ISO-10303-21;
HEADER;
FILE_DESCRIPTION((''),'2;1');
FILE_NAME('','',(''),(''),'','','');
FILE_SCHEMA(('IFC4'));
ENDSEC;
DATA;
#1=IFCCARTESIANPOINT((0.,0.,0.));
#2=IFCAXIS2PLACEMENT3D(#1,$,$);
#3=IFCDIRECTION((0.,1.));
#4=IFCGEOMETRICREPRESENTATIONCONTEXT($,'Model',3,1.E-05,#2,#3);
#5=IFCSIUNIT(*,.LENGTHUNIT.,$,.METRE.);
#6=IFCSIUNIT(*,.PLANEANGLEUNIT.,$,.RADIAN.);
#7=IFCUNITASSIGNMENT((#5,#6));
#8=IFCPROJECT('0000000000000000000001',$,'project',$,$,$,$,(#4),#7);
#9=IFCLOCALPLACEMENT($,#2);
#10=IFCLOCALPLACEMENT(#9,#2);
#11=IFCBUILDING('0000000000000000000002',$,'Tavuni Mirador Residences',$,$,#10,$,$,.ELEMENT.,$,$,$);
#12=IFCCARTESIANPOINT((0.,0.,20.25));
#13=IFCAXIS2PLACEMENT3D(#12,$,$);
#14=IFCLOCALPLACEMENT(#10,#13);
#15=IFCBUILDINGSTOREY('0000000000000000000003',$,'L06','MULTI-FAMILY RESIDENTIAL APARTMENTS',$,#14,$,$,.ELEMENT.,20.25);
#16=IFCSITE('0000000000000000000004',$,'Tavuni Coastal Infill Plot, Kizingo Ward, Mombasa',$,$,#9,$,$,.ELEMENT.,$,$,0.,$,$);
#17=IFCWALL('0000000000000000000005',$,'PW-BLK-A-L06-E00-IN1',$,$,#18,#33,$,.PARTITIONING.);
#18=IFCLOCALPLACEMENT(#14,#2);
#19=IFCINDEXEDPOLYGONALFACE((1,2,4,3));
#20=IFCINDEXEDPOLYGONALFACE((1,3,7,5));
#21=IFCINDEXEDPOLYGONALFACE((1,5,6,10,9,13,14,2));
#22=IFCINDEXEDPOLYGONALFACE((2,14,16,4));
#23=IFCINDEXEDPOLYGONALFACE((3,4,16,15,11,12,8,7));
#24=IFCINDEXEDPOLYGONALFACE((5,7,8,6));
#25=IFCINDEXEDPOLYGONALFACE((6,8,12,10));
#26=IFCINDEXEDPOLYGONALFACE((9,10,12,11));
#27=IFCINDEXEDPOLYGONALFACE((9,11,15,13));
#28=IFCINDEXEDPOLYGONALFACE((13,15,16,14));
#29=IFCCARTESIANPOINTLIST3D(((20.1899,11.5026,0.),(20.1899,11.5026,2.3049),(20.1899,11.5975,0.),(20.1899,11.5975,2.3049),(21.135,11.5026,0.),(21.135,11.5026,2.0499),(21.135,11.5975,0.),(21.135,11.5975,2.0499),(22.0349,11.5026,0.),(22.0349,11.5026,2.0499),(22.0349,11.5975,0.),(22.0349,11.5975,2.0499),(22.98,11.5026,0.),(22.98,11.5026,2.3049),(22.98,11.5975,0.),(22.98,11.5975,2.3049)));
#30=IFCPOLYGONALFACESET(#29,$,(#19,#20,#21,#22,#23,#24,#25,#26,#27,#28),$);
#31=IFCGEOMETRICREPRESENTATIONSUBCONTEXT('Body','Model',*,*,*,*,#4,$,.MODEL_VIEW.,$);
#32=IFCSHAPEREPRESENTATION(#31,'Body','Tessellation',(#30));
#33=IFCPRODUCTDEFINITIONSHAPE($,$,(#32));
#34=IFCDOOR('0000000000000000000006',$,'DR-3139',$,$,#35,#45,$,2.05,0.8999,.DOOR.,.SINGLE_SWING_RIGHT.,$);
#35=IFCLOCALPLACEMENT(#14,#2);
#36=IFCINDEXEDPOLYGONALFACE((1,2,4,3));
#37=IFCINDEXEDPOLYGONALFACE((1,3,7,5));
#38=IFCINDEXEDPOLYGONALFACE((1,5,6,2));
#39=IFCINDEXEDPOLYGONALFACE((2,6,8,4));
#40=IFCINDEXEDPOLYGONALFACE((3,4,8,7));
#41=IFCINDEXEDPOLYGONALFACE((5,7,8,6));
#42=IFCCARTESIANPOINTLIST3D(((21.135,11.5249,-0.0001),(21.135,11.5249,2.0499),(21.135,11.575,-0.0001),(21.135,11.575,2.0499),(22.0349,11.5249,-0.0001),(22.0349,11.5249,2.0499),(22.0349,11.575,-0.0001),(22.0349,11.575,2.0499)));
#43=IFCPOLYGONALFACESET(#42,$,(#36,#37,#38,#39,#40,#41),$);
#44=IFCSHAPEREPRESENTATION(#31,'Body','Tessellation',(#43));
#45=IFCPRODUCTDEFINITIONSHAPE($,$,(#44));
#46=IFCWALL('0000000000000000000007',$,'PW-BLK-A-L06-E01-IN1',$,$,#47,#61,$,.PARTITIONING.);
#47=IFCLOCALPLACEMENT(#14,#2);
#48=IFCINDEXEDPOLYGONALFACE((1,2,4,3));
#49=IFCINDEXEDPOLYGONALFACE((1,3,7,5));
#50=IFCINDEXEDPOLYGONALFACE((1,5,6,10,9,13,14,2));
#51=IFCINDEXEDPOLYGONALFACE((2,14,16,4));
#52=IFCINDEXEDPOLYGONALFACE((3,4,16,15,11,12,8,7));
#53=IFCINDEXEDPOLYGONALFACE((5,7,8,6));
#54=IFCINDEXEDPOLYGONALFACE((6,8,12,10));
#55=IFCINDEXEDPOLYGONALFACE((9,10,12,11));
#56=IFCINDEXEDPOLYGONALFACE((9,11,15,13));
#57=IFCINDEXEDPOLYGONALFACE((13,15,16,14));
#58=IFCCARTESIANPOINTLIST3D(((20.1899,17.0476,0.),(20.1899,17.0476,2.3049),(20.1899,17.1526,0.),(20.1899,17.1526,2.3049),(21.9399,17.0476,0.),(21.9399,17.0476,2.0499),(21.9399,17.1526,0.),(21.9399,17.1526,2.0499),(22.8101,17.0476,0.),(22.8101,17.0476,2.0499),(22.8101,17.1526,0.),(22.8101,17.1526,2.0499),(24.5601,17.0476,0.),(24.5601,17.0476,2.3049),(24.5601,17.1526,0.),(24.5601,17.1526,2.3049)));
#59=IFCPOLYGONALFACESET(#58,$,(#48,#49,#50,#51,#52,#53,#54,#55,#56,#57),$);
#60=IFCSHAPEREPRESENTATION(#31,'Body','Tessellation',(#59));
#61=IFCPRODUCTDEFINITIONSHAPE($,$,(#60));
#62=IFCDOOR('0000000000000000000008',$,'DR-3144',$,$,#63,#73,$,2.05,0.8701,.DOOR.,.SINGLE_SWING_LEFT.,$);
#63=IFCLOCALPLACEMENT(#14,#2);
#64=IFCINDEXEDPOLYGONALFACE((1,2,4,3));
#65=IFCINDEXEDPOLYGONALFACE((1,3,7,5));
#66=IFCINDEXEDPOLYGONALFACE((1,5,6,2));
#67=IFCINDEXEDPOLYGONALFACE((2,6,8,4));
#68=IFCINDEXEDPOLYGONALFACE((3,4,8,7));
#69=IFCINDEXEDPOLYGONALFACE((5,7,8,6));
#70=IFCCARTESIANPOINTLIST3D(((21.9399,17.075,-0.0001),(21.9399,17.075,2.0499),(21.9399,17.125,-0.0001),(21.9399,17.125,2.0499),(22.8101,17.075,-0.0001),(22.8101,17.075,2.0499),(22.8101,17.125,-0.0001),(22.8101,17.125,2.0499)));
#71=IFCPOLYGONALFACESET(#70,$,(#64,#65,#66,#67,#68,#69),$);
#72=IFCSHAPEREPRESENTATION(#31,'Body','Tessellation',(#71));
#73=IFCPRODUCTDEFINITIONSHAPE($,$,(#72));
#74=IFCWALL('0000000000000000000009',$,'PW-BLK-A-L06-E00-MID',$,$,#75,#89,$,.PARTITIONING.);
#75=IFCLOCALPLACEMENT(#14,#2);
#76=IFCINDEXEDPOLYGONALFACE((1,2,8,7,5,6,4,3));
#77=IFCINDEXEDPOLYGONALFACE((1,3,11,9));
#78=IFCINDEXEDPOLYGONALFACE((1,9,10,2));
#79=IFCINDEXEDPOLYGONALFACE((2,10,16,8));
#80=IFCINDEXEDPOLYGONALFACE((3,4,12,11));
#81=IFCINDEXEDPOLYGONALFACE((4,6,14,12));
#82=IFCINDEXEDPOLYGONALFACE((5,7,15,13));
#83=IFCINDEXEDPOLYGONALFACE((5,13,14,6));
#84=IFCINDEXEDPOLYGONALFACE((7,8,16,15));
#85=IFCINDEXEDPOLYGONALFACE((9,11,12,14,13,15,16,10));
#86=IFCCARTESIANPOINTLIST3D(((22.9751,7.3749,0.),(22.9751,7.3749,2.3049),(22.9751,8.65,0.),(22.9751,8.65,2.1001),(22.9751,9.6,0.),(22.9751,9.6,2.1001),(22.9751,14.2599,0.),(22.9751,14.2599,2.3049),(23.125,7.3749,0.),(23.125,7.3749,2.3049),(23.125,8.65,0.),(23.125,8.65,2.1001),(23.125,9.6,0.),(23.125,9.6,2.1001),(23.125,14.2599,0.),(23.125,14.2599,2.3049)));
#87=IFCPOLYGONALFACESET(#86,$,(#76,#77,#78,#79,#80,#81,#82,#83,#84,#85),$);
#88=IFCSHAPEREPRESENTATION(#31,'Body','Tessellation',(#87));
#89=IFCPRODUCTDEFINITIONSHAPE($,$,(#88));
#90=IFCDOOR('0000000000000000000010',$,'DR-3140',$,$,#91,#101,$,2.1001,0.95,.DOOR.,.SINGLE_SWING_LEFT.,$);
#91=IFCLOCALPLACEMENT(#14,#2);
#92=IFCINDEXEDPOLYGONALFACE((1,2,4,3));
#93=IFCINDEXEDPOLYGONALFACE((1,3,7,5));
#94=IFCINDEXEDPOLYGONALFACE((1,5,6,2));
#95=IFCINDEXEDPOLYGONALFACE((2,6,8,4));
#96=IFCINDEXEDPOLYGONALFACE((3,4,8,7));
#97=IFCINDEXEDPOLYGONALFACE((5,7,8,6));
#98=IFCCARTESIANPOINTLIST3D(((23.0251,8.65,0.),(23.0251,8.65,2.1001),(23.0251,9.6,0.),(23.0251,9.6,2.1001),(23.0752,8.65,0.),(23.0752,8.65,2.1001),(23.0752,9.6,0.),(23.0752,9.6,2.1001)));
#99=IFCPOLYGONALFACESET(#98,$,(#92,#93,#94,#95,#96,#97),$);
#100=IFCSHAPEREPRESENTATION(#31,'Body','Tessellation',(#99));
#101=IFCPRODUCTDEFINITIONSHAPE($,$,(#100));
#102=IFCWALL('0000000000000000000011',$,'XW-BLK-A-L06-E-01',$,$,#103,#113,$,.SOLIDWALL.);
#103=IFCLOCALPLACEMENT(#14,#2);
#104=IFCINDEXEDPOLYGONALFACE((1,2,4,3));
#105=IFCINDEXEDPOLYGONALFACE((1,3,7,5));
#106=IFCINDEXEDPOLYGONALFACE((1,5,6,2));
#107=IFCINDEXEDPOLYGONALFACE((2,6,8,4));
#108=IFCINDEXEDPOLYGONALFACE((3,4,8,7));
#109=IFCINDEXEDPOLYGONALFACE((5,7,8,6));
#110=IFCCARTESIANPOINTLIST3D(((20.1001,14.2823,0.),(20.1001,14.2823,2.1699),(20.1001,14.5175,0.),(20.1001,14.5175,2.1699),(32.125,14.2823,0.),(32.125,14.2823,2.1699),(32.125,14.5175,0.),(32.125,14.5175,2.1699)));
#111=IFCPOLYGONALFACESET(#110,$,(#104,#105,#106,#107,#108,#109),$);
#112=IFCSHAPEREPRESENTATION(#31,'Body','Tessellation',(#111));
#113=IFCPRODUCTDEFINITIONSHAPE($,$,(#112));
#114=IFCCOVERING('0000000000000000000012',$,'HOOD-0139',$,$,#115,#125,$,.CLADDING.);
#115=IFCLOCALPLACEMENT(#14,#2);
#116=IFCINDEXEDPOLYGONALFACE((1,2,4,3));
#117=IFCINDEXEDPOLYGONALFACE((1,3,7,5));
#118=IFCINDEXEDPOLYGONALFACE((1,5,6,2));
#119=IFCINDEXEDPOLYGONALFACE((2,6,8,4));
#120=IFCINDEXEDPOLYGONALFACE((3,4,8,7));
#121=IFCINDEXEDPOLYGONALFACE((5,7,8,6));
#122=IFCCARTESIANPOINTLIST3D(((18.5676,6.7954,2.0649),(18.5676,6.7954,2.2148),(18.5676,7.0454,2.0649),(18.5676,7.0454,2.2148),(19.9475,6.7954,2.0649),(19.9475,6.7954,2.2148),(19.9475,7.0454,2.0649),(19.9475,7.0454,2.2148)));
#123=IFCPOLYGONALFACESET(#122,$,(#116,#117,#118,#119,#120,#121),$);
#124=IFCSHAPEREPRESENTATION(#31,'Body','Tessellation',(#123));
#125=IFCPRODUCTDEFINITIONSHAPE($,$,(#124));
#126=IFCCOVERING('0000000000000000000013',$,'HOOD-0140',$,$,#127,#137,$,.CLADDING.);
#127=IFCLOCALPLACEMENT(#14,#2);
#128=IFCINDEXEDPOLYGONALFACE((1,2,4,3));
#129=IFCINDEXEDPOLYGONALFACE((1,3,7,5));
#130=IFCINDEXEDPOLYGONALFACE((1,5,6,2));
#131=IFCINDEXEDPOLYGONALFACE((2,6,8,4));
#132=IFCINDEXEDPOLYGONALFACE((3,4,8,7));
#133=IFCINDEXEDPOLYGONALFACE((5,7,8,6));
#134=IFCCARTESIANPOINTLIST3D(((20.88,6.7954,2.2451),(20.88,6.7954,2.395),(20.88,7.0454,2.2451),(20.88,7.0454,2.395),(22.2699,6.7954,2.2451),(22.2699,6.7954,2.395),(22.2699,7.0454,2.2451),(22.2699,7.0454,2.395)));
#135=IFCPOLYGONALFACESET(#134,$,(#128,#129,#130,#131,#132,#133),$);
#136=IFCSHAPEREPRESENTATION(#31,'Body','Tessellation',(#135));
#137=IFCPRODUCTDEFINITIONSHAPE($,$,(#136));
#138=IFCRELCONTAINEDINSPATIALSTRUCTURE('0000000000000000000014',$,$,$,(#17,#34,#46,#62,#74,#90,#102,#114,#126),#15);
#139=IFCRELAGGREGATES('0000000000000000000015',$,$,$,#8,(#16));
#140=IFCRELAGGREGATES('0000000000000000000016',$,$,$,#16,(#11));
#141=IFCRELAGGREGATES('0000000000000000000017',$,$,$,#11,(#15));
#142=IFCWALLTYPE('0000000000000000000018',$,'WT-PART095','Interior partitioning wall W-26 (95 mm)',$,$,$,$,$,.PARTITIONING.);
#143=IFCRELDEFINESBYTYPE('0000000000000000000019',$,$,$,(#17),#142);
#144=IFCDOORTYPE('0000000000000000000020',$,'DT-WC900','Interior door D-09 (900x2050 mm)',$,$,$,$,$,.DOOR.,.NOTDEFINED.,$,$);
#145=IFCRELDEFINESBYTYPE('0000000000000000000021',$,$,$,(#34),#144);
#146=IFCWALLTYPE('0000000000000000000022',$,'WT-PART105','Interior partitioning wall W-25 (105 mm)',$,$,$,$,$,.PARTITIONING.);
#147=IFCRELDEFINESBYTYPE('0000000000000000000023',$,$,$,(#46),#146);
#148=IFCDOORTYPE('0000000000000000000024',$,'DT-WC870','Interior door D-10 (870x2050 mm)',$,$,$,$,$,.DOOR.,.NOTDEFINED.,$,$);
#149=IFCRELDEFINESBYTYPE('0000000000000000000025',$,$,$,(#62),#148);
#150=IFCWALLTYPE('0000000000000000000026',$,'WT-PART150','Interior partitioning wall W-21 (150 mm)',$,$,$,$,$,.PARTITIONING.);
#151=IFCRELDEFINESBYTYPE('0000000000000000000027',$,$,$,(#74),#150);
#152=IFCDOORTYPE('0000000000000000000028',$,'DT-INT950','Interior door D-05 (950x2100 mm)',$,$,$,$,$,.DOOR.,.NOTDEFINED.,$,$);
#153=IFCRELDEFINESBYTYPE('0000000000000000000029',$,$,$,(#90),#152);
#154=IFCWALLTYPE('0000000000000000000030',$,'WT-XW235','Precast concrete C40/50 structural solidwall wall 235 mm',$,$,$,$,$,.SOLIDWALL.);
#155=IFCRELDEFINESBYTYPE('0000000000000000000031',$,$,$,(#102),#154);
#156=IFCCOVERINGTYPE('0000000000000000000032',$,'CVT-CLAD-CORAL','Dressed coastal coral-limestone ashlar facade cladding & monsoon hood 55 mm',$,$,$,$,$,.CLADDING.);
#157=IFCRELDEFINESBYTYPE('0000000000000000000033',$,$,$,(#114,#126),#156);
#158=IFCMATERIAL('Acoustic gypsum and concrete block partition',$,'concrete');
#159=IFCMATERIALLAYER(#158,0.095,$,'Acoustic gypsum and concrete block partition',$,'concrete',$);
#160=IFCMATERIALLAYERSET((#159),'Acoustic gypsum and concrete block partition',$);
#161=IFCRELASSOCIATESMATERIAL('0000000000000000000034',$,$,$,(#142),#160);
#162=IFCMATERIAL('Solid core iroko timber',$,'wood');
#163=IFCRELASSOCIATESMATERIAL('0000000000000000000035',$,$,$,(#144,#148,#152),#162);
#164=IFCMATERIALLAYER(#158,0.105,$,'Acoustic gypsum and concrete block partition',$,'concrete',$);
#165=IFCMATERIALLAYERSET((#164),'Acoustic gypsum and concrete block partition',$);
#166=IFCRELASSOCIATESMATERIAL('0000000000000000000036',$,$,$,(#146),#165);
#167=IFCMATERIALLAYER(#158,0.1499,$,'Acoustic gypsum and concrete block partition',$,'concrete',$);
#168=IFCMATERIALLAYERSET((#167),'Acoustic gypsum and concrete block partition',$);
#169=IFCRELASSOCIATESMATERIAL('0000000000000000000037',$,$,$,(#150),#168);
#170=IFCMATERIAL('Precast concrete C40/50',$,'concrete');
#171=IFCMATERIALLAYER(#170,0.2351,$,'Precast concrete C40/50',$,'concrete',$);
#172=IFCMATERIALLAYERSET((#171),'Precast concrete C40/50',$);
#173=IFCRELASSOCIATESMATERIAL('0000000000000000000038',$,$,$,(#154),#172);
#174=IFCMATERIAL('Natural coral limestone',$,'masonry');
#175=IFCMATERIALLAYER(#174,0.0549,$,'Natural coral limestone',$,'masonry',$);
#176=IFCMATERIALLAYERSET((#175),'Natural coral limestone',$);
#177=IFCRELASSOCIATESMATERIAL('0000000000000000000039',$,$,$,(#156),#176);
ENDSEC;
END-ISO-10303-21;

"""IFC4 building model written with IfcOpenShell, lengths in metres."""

from ifc_helpers import new_model, si_unit, direction, frame, frame_2d, origin, origin_2d, place, context, subcontext, project, spatial, rectangle, extrude, material, layer, layer_set, type_object, element, fill, save


model = new_model("IFC4")

# Units and contexts
model_context = context("Model", 3, precision=1e-05, world=origin(), true_north=direction((0.0, 1.0)))
body_context = subcontext(model_context, "Body", "Model", "MODEL_VIEW")
ifc_project = project(units=[si_unit("LENGTHUNIT", "METRE"), si_unit("PLANEANGLEUNIT", "RADIAN")], contexts=[model_context])

# Site, building, storey
site_placement = place(None, origin())
site = spatial("IfcSite", under=ifc_project, at=site_placement, Name="Tavuni Coastal Infill Plot, Kizingo Ward, Mombasa", CompositionType="ELEMENT", RefElevation=0.0)
building_placement = place(site_placement, origin())
building = spatial("IfcBuilding", under=site, at=building_placement, Name="Tavuni Mirador Residences", CompositionType="ELEMENT")
storey_placement = place(building_placement, frame((0.0, 0.0, 20.25)))
storey = spatial("IfcBuildingStorey", under=building, at=storey_placement, Name="L06", Description="MULTI-FAMILY RESIDENTIAL APARTMENTS", CompositionType="ELEMENT", Elevation=20.25)

# Shared definitions
ifc_material_1 = material(Name="Precast concrete C40/50", Category="concrete")
ifc_material_2 = material(Name="Solid core iroko timber", Category="wood")

# Walls, openings, doors
ifc_material_3 = material(Name="Acoustic gypsum and concrete block partition", Category="concrete")
ifc_layer_1 = layer(ifc_material_3, 0.095, Name="Acoustic gypsum and concrete block partition", Category="concrete")
ifc_layer_set_1 = layer_set([ifc_layer_1], Name="Acoustic gypsum and concrete block partition")
wall_type_1 = type_object("IfcWallType", Name="WT-PART095", Description="Interior partitioning wall W-26 (95 mm)", PredefinedType="PARTITIONING", material=ifc_layer_set_1)
wall_1_placement = place(storey_placement, frame((20.1899, 11.55, 0.0), z_axis=(0.0, 0.0, 1.0), x_axis=(1.0, 0.0, 0.0)))
wall_1 = element("IfcWall", 1, at=wall_1_placement, inside=storey, type_object=wall_type_1, Name="PW-BLK-A-L06-E00-IN1", PredefinedType="PARTITIONING", context=body_context, shape_type="SweptSolid", body=[
    extrude(rectangle(XDim=2.79, YDim=0.095, at=frame_2d((1.395, 0.0))), origin(), (0.0, 0.0, 1.0), 2.3049),
])
opening_1_placement = place(wall_1_placement, frame((0.9451, 0.0, 0.0)))
opening_1 = element("IfcOpeningElement", 2, at=opening_1_placement, cuts=wall_1, PredefinedType="OPENING", context=body_context, shape_type="SweptSolid", body=[
    extrude(rectangle(XDim=0.8999, YDim=2.05, at=frame_2d((0.45, 1.0249))), frame((0.0, 0.0576, 0.0), z_axis=(0.0, -1.0, 0.0), x_axis=(1.0, 0.0, 0.0)), (0.0, 0.0, 1.0), 0.115),
])
door_type_1 = type_object("IfcDoorType", Name="DT-WC900", Description="Interior door D-09 (900x2050 mm)", OperationType="NOTDEFINED", PredefinedType="DOOR", material=ifc_material_2)
door_1_placement = place(opening_1_placement, origin())
door_1 = element("IfcDoor", 3, at=door_1_placement, inside=storey, type_object=door_type_1, Name="DR-3139", OperationType="SINGLE_SWING_RIGHT", OverallHeight=2.05, OverallWidth=0.8999, PredefinedType="DOOR", context=body_context, shape_type="SweptSolid", body=[
    extrude(rectangle(XDim=0.8999, YDim=2.05, at=frame_2d((0.45, 1.0249))), frame((0.0, 0.0249, 0.0), z_axis=(0.0, -1.0, 0.0), x_axis=(1.0, 0.0, 0.0)), (0.0, 0.0, 1.0), 0.05),
])
fill(opening_1, door_1)
ifc_layer_2 = layer(ifc_material_3, 0.105, Name="Acoustic gypsum and concrete block partition", Category="concrete")
ifc_layer_set_2 = layer_set([ifc_layer_2], Name="Acoustic gypsum and concrete block partition")
wall_type_2 = type_object("IfcWallType", Name="WT-PART105", Description="Interior partitioning wall W-25 (105 mm)", PredefinedType="PARTITIONING", material=ifc_layer_set_2)
wall_2_placement = place(storey_placement, frame((20.1899, 17.1001, 0.0), z_axis=(0.0, 0.0, 1.0), x_axis=(1.0, 0.0, 0.0)))
wall_2 = element("IfcWall", 4, at=wall_2_placement, inside=storey, type_object=wall_type_2, Name="PW-BLK-A-L06-E01-IN1", PredefinedType="PARTITIONING", context=body_context, shape_type="SweptSolid", body=[
    extrude(rectangle(XDim=4.3701, YDim=0.105, at=frame_2d((2.1851, 0.0))), origin(), (0.0, 0.0, 1.0), 2.3049),
])
opening_2_placement = place(wall_2_placement, frame((1.75, 0.0, 0.0)))
opening_2 = element("IfcOpeningElement", 5, at=opening_2_placement, cuts=wall_2, PredefinedType="OPENING", context=body_context, shape_type="SweptSolid", body=[
    extrude(rectangle(XDim=0.8701, YDim=2.05, at=frame_2d((0.4351, 1.0249))), frame((0.0, 0.0625, 0.0), z_axis=(0.0, -1.0, 0.0), x_axis=(1.0, 0.0, 0.0)), (0.0, 0.0, 1.0), 0.125),
])
door_type_2 = type_object("IfcDoorType", Name="DT-WC870", Description="Interior door D-10 (870x2050 mm)", OperationType="NOTDEFINED", PredefinedType="DOOR", material=ifc_material_2)
door_2_placement = place(opening_2_placement, origin())
door_2 = element("IfcDoor", 6, at=door_2_placement, inside=storey, type_object=door_type_2, Name="DR-3144", OperationType="SINGLE_SWING_LEFT", OverallHeight=2.05, OverallWidth=0.8701, PredefinedType="DOOR", context=body_context, shape_type="SweptSolid", body=[
    extrude(rectangle(XDim=0.8701, YDim=2.05, at=frame_2d((0.4351, 1.0249))), frame((0.0, 0.0249, 0.0), z_axis=(0.0, -1.0, 0.0), x_axis=(1.0, 0.0, 0.0)), (0.0, 0.0, 1.0), 0.05),
])
fill(opening_2, door_2)
ifc_layer_3 = layer(ifc_material_3, 0.1499, Name="Acoustic gypsum and concrete block partition", Category="concrete")
ifc_layer_set_3 = layer_set([ifc_layer_3], Name="Acoustic gypsum and concrete block partition")
wall_type_3 = type_object("IfcWallType", Name="WT-PART150", Description="Interior partitioning wall W-21 (150 mm)", PredefinedType="PARTITIONING", material=ifc_layer_set_3)
wall_3_placement = place(storey_placement, frame((23.05, 7.375, 0.0), z_axis=(0.0, 0.0, 1.0), x_axis=(0.0, 1.0, 0.0)))
wall_3 = element("IfcWall", 7, at=wall_3_placement, inside=storey, type_object=wall_type_3, Name="PW-BLK-A-L06-E00-MID", PredefinedType="PARTITIONING", context=body_context, shape_type="SweptSolid", body=[
    extrude(rectangle(XDim=6.885, YDim=0.1499, at=frame_2d((3.4424, 0.0))), origin(), (0.0, 0.0, 1.0), 2.3049),
])
opening_3_placement = place(wall_3_placement, frame((1.2749, 0.0, 0.0)))
opening_3 = element("IfcOpeningElement", 8, at=opening_3_placement, cuts=wall_3, PredefinedType="OPENING", context=body_context, shape_type="SweptSolid", body=[
    extrude(rectangle(XDim=0.95, YDim=2.1001, at=frame_2d((0.4751, 1.05))), frame((0.0, 0.085, 0.0), z_axis=(0.0, -1.0, 0.0), x_axis=(1.0, 0.0, 0.0)), (0.0, 0.0, 1.0), 0.1699),
])
door_type_3 = type_object("IfcDoorType", Name="DT-INT950", Description="Interior door D-05 (950x2100 mm)", OperationType="NOTDEFINED", PredefinedType="DOOR", material=ifc_material_2)
door_3_placement = place(opening_3_placement, origin())
door_3 = element("IfcDoor", 9, at=door_3_placement, inside=storey, type_object=door_type_3, Name="DR-3140", OperationType="SINGLE_SWING_LEFT", OverallHeight=2.1001, OverallWidth=0.95, PredefinedType="DOOR", context=body_context, shape_type="SweptSolid", body=[
    extrude(rectangle(XDim=0.95, YDim=2.1001, at=frame_2d((0.4751, 1.05))), frame((0.0, 0.0249, 0.0), z_axis=(0.0, -1.0, 0.0), x_axis=(1.0, 0.0, 0.0)), (0.0, 0.0, 1.0), 0.05),
])
fill(opening_3, door_3)

# Wall
ifc_layer_4 = layer(ifc_material_1, 0.2351, Name="Precast concrete C40/50", Category="concrete")
ifc_layer_set_4 = layer_set([ifc_layer_4], Name="Precast concrete C40/50")
wall_type_4 = type_object("IfcWallType", Name="WT-XW235", Description="Precast concrete C40/50 structural solidwall wall 235 mm", PredefinedType="SOLIDWALL", material=ifc_layer_set_4)
wall_4_placement = place(storey_placement, frame((20.1001, 14.3999, 0.0), z_axis=(0.0, 0.0, 1.0), x_axis=(1.0, 0.0, 0.0)))
element("IfcWall", 10, at=wall_4_placement, inside=storey, type_object=wall_type_4, Name="XW-BLK-A-L06-E-01", PredefinedType="SOLIDWALL", context=body_context, shape_type="SweptSolid", body=[
    extrude(rectangle(XDim=12.0249, YDim=0.2351, at=frame_2d((6.0125, 0.0))), origin(), (0.0, 0.0, 1.0), 2.1699),
])

# Coverings
ifc_material_4 = material(Name="Natural coral limestone", Category="masonry")
ifc_layer_5 = layer(ifc_material_4, 0.0549, Name="Natural coral limestone", Category="masonry")
ifc_layer_set_5 = layer_set([ifc_layer_5], Name="Natural coral limestone")
covering_type = type_object("IfcCoveringType", Name="CVT-CLAD-CORAL", Description="Dressed coastal coral-limestone ashlar facade cladding & monsoon hood 55 mm", PredefinedType="CLADDING", material=ifc_layer_set_5)
covering_1_placement = place(storey_placement, frame((19.2576, 6.9204, 2.0649), z_axis=(0.0, 0.0, 1.0), x_axis=(1.0, 0.0, 0.0)))
element("IfcCovering", 11, at=covering_1_placement, inside=storey, type_object=covering_type, Name="HOOD-0139", PredefinedType="CLADDING", context=body_context, shape_type="SweptSolid", body=[
    extrude(rectangle(XDim=1.3799, YDim=0.25, at=origin_2d()), origin(), (0.0, 0.0, 1.0), 0.1499),
])
covering_2_placement = place(storey_placement, frame((21.575, 6.9204, 2.2451), z_axis=(0.0, 0.0, 1.0), x_axis=(1.0, 0.0, 0.0)))
element("IfcCovering", 12, at=covering_2_placement, inside=storey, type_object=covering_type, Name="HOOD-0140", PredefinedType="CLADDING", context=body_context, shape_type="SweptSolid", body=[
    extrude(rectangle(XDim=1.3899, YDim=0.25, at=origin_2d()), origin(), (0.0, 0.0, 1.0), 0.1499),
])

save(model, "model.ifc")
